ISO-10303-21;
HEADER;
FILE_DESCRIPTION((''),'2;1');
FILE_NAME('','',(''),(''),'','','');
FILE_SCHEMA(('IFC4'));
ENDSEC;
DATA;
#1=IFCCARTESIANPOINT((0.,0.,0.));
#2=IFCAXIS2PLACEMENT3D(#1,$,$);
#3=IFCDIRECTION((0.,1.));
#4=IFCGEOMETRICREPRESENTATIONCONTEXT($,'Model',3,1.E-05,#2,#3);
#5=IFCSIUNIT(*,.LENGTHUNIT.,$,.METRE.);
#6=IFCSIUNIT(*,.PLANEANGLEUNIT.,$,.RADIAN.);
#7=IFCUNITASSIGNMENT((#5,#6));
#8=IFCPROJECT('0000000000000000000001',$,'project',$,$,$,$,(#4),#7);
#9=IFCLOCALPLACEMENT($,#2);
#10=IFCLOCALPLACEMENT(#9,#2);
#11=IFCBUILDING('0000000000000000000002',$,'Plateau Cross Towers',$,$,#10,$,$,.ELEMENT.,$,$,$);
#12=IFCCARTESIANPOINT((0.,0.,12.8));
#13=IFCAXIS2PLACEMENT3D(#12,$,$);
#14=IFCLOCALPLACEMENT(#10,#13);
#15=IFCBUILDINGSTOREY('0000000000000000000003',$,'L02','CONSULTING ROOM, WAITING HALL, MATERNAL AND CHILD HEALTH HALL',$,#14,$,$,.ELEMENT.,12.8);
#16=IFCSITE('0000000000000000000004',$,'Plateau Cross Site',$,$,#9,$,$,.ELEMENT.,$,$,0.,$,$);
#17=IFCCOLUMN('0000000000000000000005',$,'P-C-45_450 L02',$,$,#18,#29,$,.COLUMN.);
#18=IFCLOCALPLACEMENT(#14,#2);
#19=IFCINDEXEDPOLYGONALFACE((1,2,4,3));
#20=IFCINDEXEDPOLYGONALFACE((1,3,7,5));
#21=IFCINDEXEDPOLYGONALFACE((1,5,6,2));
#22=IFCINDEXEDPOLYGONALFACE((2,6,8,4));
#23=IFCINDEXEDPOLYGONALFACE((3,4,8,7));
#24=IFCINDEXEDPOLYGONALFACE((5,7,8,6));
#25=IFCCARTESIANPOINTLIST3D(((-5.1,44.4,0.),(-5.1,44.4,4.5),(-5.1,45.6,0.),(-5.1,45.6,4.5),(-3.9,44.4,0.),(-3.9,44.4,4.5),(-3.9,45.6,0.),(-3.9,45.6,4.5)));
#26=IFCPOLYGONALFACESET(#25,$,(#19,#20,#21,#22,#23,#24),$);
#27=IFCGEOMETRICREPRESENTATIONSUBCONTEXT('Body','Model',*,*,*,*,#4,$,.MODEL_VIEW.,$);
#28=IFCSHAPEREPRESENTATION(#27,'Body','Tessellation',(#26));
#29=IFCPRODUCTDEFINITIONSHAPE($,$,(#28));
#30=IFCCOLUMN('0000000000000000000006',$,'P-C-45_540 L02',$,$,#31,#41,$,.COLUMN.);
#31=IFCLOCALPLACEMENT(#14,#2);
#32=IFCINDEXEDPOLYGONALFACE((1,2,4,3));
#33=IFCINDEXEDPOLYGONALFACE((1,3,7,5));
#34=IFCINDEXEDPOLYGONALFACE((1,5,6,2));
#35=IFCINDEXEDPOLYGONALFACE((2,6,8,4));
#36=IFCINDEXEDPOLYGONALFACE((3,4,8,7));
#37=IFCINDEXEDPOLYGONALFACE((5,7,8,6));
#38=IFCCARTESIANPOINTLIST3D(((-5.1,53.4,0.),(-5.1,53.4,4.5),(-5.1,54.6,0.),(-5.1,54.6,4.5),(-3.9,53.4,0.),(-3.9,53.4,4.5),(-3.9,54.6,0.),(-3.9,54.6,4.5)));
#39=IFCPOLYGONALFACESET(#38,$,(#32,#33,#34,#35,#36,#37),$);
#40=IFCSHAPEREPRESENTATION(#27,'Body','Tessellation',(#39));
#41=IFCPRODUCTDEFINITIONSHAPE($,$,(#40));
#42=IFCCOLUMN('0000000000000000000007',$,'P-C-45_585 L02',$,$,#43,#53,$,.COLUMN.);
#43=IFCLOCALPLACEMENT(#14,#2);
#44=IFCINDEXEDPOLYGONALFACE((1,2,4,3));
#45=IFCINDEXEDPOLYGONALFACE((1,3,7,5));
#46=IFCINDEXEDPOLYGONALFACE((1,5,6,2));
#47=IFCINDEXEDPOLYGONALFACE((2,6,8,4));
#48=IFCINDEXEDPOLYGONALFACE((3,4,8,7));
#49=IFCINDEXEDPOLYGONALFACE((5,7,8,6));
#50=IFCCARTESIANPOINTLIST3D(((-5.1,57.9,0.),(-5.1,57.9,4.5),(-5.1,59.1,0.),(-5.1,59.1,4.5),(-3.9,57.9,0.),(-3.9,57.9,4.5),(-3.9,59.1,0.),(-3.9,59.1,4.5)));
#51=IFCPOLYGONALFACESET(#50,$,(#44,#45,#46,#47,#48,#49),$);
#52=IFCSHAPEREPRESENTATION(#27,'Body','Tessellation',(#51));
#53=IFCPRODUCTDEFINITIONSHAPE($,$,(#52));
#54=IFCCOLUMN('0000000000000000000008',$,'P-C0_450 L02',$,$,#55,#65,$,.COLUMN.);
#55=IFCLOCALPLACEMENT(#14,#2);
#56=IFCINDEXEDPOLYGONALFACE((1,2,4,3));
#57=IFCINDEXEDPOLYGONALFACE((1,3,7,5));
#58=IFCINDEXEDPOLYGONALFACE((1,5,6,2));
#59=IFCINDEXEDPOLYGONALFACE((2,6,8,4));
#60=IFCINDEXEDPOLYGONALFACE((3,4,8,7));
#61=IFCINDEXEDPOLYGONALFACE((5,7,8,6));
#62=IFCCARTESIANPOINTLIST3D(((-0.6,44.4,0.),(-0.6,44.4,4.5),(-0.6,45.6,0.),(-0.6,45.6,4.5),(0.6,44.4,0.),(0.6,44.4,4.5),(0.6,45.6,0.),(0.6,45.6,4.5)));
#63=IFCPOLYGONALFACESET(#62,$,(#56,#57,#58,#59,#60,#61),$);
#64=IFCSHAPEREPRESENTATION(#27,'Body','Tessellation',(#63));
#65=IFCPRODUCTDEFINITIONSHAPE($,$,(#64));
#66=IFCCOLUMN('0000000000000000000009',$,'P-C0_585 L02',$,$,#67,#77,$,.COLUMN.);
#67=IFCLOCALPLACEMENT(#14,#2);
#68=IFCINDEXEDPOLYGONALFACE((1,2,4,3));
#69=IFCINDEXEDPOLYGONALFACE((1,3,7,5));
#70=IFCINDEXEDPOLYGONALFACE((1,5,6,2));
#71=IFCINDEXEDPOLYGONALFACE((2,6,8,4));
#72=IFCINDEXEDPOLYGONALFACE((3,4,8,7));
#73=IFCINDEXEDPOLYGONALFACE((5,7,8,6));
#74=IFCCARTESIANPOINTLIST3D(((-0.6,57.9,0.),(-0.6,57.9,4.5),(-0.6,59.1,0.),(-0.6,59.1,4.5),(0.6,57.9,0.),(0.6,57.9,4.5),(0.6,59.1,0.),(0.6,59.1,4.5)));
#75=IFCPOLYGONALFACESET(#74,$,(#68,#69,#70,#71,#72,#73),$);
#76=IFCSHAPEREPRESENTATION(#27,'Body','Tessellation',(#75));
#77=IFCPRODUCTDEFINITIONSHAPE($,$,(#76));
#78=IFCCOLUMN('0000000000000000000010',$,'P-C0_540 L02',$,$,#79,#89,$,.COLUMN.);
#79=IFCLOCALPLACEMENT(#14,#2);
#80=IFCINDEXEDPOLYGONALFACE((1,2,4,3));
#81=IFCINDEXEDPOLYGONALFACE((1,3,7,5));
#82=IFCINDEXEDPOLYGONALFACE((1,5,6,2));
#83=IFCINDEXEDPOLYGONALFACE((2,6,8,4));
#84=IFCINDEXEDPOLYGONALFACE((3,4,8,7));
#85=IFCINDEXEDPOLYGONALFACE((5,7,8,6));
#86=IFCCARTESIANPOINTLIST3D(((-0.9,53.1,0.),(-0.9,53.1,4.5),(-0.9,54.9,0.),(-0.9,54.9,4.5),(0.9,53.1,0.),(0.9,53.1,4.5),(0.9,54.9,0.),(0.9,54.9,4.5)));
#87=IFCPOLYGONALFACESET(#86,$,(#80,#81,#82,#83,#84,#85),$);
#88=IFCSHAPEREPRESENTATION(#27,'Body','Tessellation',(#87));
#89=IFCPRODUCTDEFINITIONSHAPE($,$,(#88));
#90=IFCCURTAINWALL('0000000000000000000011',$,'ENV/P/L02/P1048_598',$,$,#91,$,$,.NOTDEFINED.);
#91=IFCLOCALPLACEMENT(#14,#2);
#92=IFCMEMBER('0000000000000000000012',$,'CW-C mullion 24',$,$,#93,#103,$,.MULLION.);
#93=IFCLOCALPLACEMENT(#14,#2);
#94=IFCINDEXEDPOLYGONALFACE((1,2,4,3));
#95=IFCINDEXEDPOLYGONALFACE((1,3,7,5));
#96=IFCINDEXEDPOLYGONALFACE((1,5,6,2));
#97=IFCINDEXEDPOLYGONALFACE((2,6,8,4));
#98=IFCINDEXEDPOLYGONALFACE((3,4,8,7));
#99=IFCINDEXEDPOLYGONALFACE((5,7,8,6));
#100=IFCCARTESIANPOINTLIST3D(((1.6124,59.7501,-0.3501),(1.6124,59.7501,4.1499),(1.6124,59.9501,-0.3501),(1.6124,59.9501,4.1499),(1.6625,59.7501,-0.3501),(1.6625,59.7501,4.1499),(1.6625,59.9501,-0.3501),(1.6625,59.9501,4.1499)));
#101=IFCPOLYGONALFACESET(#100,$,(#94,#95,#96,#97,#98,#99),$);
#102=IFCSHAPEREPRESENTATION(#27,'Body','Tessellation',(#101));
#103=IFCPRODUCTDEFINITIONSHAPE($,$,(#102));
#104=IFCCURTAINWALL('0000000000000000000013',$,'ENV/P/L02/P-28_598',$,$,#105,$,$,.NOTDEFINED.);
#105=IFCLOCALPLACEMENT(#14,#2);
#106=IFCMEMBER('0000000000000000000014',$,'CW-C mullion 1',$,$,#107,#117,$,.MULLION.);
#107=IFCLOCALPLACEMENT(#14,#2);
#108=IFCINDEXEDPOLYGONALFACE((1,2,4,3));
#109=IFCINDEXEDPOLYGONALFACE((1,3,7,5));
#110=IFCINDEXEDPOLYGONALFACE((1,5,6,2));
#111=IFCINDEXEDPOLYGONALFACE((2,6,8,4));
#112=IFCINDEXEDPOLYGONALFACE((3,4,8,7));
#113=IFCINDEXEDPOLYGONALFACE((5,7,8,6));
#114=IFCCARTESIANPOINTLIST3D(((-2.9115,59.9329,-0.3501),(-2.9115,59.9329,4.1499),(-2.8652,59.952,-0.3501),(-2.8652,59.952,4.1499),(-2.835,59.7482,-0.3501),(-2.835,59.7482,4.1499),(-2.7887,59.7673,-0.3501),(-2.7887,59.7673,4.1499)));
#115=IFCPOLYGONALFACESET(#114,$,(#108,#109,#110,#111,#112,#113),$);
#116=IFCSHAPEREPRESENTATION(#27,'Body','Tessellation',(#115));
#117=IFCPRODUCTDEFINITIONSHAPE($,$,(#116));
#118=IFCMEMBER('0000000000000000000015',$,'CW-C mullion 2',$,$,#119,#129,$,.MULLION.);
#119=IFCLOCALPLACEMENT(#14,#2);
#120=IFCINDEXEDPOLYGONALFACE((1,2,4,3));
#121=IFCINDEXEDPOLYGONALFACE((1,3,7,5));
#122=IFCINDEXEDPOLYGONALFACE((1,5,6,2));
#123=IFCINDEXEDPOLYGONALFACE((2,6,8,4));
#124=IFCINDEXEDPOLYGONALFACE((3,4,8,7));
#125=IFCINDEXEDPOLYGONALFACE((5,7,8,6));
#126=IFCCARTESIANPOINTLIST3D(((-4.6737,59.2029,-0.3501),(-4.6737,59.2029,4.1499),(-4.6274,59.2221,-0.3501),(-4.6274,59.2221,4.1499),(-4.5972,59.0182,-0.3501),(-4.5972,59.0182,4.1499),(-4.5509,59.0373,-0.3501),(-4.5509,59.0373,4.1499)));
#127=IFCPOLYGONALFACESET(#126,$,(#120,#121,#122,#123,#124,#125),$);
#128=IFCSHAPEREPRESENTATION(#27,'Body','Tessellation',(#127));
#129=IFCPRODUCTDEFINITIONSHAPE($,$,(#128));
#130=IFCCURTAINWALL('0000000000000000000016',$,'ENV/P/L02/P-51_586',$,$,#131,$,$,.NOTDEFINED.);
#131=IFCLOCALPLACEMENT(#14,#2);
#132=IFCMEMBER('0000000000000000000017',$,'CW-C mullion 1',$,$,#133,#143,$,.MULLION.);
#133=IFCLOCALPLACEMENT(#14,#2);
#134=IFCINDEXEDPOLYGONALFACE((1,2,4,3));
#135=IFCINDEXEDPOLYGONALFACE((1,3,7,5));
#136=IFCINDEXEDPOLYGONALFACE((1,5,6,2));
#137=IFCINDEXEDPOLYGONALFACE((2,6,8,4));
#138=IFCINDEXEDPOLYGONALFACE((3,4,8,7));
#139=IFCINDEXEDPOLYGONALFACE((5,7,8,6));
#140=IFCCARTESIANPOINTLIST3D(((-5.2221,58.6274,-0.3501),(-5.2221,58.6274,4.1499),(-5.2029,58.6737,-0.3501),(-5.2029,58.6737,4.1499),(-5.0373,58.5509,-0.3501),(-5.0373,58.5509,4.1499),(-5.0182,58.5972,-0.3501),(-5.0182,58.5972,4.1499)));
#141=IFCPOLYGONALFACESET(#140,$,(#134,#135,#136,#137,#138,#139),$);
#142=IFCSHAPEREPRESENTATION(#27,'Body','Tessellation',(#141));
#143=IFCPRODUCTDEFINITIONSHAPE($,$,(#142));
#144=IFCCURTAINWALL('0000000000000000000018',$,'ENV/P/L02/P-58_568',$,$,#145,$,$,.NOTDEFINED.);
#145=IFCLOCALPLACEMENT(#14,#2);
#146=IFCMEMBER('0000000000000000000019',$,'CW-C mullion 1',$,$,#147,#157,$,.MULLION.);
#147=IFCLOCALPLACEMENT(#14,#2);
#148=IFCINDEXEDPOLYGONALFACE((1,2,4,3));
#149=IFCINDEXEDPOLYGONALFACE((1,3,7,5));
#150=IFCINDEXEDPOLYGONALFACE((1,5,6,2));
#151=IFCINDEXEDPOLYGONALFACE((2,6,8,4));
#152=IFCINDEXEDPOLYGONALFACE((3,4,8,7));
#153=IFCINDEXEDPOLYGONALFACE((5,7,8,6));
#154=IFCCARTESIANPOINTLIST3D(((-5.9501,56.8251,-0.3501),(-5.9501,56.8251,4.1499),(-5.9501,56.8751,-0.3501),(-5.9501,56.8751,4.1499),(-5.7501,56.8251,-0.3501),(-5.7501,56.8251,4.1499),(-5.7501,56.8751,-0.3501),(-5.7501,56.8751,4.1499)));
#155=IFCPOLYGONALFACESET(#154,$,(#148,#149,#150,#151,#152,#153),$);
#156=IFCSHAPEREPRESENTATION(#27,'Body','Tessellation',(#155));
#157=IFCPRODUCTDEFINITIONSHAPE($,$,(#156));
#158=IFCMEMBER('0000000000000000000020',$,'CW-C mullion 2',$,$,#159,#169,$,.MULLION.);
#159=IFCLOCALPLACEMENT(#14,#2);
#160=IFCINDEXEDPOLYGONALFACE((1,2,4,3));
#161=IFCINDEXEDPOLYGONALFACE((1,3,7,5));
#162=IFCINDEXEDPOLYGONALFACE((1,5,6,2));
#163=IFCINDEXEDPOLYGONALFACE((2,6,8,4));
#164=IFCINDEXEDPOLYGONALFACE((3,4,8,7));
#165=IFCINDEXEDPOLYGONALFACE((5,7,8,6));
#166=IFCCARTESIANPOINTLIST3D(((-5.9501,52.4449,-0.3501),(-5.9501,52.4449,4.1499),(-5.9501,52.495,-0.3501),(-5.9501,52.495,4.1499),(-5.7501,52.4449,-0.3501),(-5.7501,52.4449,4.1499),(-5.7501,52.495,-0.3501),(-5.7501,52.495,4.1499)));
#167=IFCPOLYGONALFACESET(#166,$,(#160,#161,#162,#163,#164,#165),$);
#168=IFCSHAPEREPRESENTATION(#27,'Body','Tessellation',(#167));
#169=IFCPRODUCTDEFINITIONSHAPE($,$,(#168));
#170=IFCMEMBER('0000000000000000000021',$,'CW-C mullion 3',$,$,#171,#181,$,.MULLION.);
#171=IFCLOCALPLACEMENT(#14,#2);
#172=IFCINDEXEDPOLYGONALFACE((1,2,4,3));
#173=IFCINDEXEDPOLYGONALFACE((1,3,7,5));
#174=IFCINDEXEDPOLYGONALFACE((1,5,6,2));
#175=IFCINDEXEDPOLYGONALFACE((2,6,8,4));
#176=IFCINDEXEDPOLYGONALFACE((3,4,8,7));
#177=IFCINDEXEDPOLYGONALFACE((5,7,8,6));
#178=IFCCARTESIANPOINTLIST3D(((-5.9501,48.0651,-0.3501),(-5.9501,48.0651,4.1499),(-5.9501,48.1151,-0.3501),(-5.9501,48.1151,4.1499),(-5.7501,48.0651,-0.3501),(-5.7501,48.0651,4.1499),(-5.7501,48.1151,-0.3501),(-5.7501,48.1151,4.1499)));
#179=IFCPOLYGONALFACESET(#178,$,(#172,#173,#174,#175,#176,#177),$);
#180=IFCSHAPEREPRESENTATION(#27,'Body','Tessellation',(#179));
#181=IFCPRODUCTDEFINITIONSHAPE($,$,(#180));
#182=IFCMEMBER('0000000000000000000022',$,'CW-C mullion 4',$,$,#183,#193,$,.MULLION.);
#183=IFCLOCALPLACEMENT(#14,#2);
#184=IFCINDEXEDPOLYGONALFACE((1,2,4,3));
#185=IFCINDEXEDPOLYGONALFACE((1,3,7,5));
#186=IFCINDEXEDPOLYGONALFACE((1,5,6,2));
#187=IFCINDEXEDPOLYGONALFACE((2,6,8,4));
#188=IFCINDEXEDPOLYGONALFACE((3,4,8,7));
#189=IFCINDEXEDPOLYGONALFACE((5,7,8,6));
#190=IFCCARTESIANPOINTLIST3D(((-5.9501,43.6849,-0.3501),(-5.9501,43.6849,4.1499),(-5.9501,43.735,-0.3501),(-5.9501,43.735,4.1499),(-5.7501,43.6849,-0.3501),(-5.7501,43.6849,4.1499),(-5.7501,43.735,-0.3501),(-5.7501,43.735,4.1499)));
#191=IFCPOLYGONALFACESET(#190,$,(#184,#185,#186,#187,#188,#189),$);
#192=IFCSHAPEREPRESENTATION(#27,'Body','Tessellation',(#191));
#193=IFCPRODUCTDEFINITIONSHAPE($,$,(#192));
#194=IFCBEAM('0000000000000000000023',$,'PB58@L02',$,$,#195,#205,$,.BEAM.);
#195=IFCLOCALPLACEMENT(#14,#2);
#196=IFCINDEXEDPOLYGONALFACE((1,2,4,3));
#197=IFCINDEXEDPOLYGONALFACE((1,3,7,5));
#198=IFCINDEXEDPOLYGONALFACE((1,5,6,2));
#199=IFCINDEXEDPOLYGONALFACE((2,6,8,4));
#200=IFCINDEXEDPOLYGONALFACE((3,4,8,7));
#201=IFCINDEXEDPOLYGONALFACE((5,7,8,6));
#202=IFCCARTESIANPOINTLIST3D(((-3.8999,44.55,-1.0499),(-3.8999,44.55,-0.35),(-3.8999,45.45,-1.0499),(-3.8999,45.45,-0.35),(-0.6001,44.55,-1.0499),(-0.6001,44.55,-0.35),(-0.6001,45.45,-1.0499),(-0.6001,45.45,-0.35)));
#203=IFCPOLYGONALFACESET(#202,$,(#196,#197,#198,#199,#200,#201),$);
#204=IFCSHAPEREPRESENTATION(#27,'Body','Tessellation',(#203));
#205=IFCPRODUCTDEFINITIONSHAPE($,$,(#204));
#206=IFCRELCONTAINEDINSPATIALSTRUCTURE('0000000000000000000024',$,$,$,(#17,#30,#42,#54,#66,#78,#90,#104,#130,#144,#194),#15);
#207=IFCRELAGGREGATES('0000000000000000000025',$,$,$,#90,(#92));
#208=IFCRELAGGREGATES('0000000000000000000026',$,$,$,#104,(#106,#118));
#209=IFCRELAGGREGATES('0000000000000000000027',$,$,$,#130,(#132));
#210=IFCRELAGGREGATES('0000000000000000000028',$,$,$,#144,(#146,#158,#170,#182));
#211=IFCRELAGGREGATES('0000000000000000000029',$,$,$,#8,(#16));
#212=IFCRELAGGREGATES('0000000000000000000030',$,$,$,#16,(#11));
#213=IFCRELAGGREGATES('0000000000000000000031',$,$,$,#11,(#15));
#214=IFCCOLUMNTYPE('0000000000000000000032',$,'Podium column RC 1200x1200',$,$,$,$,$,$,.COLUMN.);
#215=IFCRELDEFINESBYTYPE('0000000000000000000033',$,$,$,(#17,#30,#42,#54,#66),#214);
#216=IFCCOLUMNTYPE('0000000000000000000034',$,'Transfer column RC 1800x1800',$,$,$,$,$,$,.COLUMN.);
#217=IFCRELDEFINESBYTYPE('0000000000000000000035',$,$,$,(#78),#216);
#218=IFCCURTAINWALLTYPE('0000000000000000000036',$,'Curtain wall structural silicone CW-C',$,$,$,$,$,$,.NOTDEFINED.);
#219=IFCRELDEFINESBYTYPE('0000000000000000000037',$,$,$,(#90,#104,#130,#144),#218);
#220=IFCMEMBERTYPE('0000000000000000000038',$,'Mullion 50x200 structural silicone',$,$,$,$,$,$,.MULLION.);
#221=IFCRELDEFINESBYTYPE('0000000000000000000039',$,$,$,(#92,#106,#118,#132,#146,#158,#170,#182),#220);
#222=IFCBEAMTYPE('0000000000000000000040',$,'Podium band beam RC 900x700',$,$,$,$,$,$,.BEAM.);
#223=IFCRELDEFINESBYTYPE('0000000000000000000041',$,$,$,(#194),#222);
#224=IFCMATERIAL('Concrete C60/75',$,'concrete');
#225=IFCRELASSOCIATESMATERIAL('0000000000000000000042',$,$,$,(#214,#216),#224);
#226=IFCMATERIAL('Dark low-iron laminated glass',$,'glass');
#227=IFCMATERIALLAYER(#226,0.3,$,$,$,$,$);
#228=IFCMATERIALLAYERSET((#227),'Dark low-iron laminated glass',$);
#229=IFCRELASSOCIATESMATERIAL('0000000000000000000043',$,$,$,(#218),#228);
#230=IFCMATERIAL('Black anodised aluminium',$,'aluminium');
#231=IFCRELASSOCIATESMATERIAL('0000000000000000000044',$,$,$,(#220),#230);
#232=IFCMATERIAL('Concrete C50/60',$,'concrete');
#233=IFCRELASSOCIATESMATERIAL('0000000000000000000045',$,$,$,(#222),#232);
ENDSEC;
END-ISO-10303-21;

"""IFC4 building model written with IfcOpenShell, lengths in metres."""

from ifc_helpers import new_model, si_unit, direction, frame, origin, origin_2d, place, context, subcontext, project, spatial, rectangle, extrude, material, layer, layer_set, material_profile, profile_set, type_object, element, aggregate, save


model = new_model("IFC4")

# Units and contexts
model_context = context("Model", 3, precision=1e-05, world=origin(), true_north=direction((0.0, 1.0)))
body_context = subcontext(model_context, "Body", "Model", "MODEL_VIEW")
ifc_project = project(units=[si_unit("LENGTHUNIT", "METRE"), si_unit("PLANEANGLEUNIT", "RADIAN")], contexts=[model_context])

# Site, building, storey
site_placement = place(None, origin())
site = spatial("IfcSite", under=ifc_project, at=site_placement, Name="Plateau Cross Site", CompositionType="ELEMENT", RefElevation=0.0)
building_placement = place(site_placement, origin())
building = spatial("IfcBuilding", under=site, at=building_placement, Name="Plateau Cross Towers", CompositionType="ELEMENT")
storey_placement = place(building_placement, frame((0.0, 0.0, 12.8)))
storey = spatial("IfcBuildingStorey", under=building, at=storey_placement, Name="L02", Description="CONSULTING ROOM, WAITING HALL, MATERNAL AND CHILD HEALTH HALL", CompositionType="ELEMENT", Elevation=12.8)

# Columns
ifc_material_1 = material(Name="Concrete C60/75", Category="concrete")
ifc_material_profile_1 = material_profile(ifc_material_1, rectangle(XDim=1.2, YDim=1.2, at=origin_2d()), Name="RC 1200x1200")
ifc_profile_set_1 = profile_set([ifc_material_profile_1], Name="Concrete C60/75")
column_type_1 = type_object("IfcColumnType", Name="Podium column RC 1200x1200", PredefinedType="COLUMN", material=ifc_profile_set_1)
for number, where, z_axis, x_axis, name in (
    (1, (-4.5, 45.0, 0.0), (0.0, 0.0, 1.0), (1.0, 0.0, 0.0), "P-C-45_450 L02"),
    (2, (-4.5, 54.0, 0.0), (0.0, 0.0, 1.0), (1.0, 0.0, 0.0), "P-C-45_540 L02"),
    (3, (-4.5, 58.5, 0.0), (0.0, 0.0, 1.0), (1.0, 0.0, 0.0), "P-C-45_585 L02"),
    (4, (0.0, 45.0, 0.0), (0.0, 0.0, 1.0), (1.0, 0.0, 0.0), "P-C0_450 L02"),
    (5, (0.0, 58.5, 0.0), (0.0, 0.0, 1.0), (1.0, 0.0, 0.0), "P-C0_585 L02"),
):
    element("IfcColumn", number, at=place(storey_placement, frame(where, z_axis=z_axis, x_axis=x_axis)), inside=storey, type_object=column_type_1, Name=name, PredefinedType="COLUMN", context=body_context, shape_type="SweptSolid", body=[
        extrude(rectangle(XDim=1.2, YDim=1.2, at=origin_2d()), origin(), (0.0, 0.0, 1.0), 4.5),
    ])
ifc_material_profile_2 = material_profile(ifc_material_1, rectangle(XDim=1.8, YDim=1.8, at=origin_2d()), Name="RC 1800x1800")
ifc_profile_set_2 = profile_set([ifc_material_profile_2], Name="Concrete C60/75")
column_type_2 = type_object("IfcColumnType", Name="Transfer column RC 1800x1800", PredefinedType="COLUMN", material=ifc_profile_set_2)
column_placement = place(storey_placement, frame((0.0, 54.0, 0.0), z_axis=(0.0, 0.0, 1.0), x_axis=(1.0, 0.0, 0.0)))
element("IfcColumn", 6, at=column_placement, inside=storey, type_object=column_type_2, Name="P-C0_540 L02", PredefinedType="COLUMN", context=body_context, shape_type="SweptSolid", body=[
    extrude(rectangle(XDim=1.8, YDim=1.8, at=origin_2d()), origin(), (0.0, 0.0, 1.0), 4.5),
])

# Curtain wall, member
ifc_material_2 = material(Name="Dark low-iron laminated glass", Category="glass")
ifc_layer_1 = layer(ifc_material_2, 0.3)
ifc_layer_set_1 = layer_set([ifc_layer_1], Name="Dark low-iron laminated glass")
curtain_wall_type = type_object("IfcCurtainWallType", Name="Curtain wall structural silicone CW-C", PredefinedType="NOTDEFINED", material=ifc_layer_set_1)
curtain_wall_1_placement = place(storey_placement, origin())
curtain_wall_1 = element("IfcCurtainWall", 7, at=curtain_wall_1_placement, inside=storey, type_object=curtain_wall_type, Name="ENV/P/L02/P1048_598", PredefinedType="NOTDEFINED")
ifc_material_3 = material(Name="Black anodised aluminium", Category="aluminium")
ifc_material_profile_3 = material_profile(ifc_material_3, rectangle(XDim=0.05, YDim=0.2, at=origin_2d()), Name="MULLION 50x200")
ifc_profile_set_3 = profile_set([ifc_material_profile_3], Name="Black anodised aluminium")
member_type_1 = type_object("IfcMemberType", Name="Mullion 50x200 structural silicone", PredefinedType="MULLION", material=ifc_profile_set_3)
member_1_placement = place(storey_placement, frame((1.6375, 59.8501, -0.3501), z_axis=(0.0, 0.0, 1.0), x_axis=(-1.0, 0.0, 0.0)))
member_1 = element("IfcMember", 8, at=member_1_placement, type_object=member_type_1, Name="CW-C mullion 24", PredefinedType="MULLION", context=body_context, shape_type="SweptSolid", body=[
    extrude(rectangle(XDim=0.05, YDim=0.2, at=origin_2d()), origin(), (0.0, 0.0, 1.0), 4.5),
])

# Curtain wall, members
curtain_wall_2_placement = place(storey_placement, origin())
curtain_wall_2 = element("IfcCurtainWall", 9, at=curtain_wall_2_placement, inside=storey, type_object=curtain_wall_type, Name="ENV/P/L02/P-28_598", PredefinedType="NOTDEFINED")
member_2_placement = place(storey_placement, frame((-2.8501, 59.8501, -0.3501), z_axis=(0.0, 0.0, 1.0), x_axis=(-0.923879, -0.382684, 0.0)))
member_2 = element("IfcMember", 10, at=member_2_placement, type_object=member_type_1, Name="CW-C mullion 1", PredefinedType="MULLION", context=body_context, shape_type="SweptSolid", body=[
    extrude(rectangle(XDim=0.05, YDim=0.2, at=origin_2d()), origin(), (0.0, 0.0, 1.0), 4.5),
])
member_3_placement = place(storey_placement, frame((-4.6123, 59.1201, -0.3501), z_axis=(0.0, 0.0, 1.0), x_axis=(-0.923879, -0.382684, 0.0)))
member_3 = element("IfcMember", 11, at=member_3_placement, type_object=member_type_1, Name="CW-C mullion 2", PredefinedType="MULLION", context=body_context, shape_type="SweptSolid", body=[
    extrude(rectangle(XDim=0.05, YDim=0.2, at=origin_2d()), origin(), (0.0, 0.0, 1.0), 4.5),
])

# Curtain wall, member
curtain_wall_3_placement = place(storey_placement, origin())
curtain_wall_3 = element("IfcCurtainWall", 12, at=curtain_wall_3_placement, inside=storey, type_object=curtain_wall_type, Name="ENV/P/L02/P-51_586", PredefinedType="NOTDEFINED")
member_4_placement = place(storey_placement, frame((-5.1201, 58.6123, -0.3501), z_axis=(0.0, 0.0, 1.0), x_axis=(-0.382684, -0.923879, 0.0)))
member_4 = element("IfcMember", 13, at=member_4_placement, type_object=member_type_1, Name="CW-C mullion 1", PredefinedType="MULLION", context=body_context, shape_type="SweptSolid", body=[
    extrude(rectangle(XDim=0.05, YDim=0.2, at=origin_2d()), origin(), (0.0, 0.0, 1.0), 4.5),
])

# Curtain wall, members
curtain_wall_4_placement = place(storey_placement, origin())
curtain_wall_4 = element("IfcCurtainWall", 14, at=curtain_wall_4_placement, inside=storey, type_object=curtain_wall_type, Name="ENV/P/L02/P-58_568", PredefinedType="NOTDEFINED")
member_5_placement = place(storey_placement, frame((-5.8501, 56.8501, -0.3501), z_axis=(0.0, 0.0, 1.0), x_axis=(0.0, -1.0, 0.0)))
member_5 = element("IfcMember", 15, at=member_5_placement, type_object=member_type_1, Name="CW-C mullion 1", PredefinedType="MULLION", context=body_context, shape_type="SweptSolid", body=[
    extrude(rectangle(XDim=0.05, YDim=0.2, at=origin_2d()), origin(), (0.0, 0.0, 1.0), 4.5),
])
member_6_placement = place(storey_placement, frame((-5.8501, 52.47, -0.3501), z_axis=(0.0, 0.0, 1.0), x_axis=(0.0, -1.0, 0.0)))
member_6 = element("IfcMember", 16, at=member_6_placement, type_object=member_type_1, Name="CW-C mullion 2", PredefinedType="MULLION", context=body_context, shape_type="SweptSolid", body=[
    extrude(rectangle(XDim=0.05, YDim=0.2, at=origin_2d()), origin(), (0.0, 0.0, 1.0), 4.5),
])
member_7_placement = place(storey_placement, frame((-5.8501, 48.0901, -0.3501), z_axis=(0.0, 0.0, 1.0), x_axis=(0.0, -1.0, 0.0)))
member_7 = element("IfcMember", 17, at=member_7_placement, type_object=member_type_1, Name="CW-C mullion 3", PredefinedType="MULLION", context=body_context, shape_type="SweptSolid", body=[
    extrude(rectangle(XDim=0.05, YDim=0.2, at=origin_2d()), origin(), (0.0, 0.0, 1.0), 4.5),
])
member_8_placement = place(storey_placement, frame((-5.8501, 43.71, -0.3501), z_axis=(0.0, 0.0, 1.0), x_axis=(0.0, -1.0, 0.0)))
member_8 = element("IfcMember", 18, at=member_8_placement, type_object=member_type_1, Name="CW-C mullion 4", PredefinedType="MULLION", context=body_context, shape_type="SweptSolid", body=[
    extrude(rectangle(XDim=0.05, YDim=0.2, at=origin_2d()), origin(), (0.0, 0.0, 1.0), 4.5),
])

# Beam
ifc_material_4 = material(Name="Concrete C50/60", Category="concrete")
ifc_material_profile_4 = material_profile(ifc_material_4, rectangle(XDim=0.8999, YDim=0.7, at=origin_2d()), Name="RC 900x700")
ifc_profile_set_4 = profile_set([ifc_material_profile_4], Name="Concrete C50/60")
beam_type = type_object("IfcBeamType", Name="Podium band beam RC 900x700", PredefinedType="BEAM", material=ifc_profile_set_4)
beam_1_placement = place(storey_placement, frame((-3.8999, 45.0, -0.7), z_axis=(1.0, 0.0, 0.0), x_axis=(0.0, 1.0, 0.0)))
element("IfcBeam", 19, at=beam_1_placement, inside=storey, type_object=beam_type, Name="PB58@L02", PredefinedType="BEAM", context=body_context, shape_type="SweptSolid", body=[
    extrude(rectangle(XDim=0.8999, YDim=0.7, at=origin_2d()), origin(), (0.0, 0.0, 1.0), 3.2998),
])

aggregate(curtain_wall_1, [member_1])
aggregate(curtain_wall_2, [member_2, member_3])
aggregate(curtain_wall_3, [member_4])
aggregate(curtain_wall_4, [member_5, member_6, member_7, member_8])

save(model, "model.ifc")
